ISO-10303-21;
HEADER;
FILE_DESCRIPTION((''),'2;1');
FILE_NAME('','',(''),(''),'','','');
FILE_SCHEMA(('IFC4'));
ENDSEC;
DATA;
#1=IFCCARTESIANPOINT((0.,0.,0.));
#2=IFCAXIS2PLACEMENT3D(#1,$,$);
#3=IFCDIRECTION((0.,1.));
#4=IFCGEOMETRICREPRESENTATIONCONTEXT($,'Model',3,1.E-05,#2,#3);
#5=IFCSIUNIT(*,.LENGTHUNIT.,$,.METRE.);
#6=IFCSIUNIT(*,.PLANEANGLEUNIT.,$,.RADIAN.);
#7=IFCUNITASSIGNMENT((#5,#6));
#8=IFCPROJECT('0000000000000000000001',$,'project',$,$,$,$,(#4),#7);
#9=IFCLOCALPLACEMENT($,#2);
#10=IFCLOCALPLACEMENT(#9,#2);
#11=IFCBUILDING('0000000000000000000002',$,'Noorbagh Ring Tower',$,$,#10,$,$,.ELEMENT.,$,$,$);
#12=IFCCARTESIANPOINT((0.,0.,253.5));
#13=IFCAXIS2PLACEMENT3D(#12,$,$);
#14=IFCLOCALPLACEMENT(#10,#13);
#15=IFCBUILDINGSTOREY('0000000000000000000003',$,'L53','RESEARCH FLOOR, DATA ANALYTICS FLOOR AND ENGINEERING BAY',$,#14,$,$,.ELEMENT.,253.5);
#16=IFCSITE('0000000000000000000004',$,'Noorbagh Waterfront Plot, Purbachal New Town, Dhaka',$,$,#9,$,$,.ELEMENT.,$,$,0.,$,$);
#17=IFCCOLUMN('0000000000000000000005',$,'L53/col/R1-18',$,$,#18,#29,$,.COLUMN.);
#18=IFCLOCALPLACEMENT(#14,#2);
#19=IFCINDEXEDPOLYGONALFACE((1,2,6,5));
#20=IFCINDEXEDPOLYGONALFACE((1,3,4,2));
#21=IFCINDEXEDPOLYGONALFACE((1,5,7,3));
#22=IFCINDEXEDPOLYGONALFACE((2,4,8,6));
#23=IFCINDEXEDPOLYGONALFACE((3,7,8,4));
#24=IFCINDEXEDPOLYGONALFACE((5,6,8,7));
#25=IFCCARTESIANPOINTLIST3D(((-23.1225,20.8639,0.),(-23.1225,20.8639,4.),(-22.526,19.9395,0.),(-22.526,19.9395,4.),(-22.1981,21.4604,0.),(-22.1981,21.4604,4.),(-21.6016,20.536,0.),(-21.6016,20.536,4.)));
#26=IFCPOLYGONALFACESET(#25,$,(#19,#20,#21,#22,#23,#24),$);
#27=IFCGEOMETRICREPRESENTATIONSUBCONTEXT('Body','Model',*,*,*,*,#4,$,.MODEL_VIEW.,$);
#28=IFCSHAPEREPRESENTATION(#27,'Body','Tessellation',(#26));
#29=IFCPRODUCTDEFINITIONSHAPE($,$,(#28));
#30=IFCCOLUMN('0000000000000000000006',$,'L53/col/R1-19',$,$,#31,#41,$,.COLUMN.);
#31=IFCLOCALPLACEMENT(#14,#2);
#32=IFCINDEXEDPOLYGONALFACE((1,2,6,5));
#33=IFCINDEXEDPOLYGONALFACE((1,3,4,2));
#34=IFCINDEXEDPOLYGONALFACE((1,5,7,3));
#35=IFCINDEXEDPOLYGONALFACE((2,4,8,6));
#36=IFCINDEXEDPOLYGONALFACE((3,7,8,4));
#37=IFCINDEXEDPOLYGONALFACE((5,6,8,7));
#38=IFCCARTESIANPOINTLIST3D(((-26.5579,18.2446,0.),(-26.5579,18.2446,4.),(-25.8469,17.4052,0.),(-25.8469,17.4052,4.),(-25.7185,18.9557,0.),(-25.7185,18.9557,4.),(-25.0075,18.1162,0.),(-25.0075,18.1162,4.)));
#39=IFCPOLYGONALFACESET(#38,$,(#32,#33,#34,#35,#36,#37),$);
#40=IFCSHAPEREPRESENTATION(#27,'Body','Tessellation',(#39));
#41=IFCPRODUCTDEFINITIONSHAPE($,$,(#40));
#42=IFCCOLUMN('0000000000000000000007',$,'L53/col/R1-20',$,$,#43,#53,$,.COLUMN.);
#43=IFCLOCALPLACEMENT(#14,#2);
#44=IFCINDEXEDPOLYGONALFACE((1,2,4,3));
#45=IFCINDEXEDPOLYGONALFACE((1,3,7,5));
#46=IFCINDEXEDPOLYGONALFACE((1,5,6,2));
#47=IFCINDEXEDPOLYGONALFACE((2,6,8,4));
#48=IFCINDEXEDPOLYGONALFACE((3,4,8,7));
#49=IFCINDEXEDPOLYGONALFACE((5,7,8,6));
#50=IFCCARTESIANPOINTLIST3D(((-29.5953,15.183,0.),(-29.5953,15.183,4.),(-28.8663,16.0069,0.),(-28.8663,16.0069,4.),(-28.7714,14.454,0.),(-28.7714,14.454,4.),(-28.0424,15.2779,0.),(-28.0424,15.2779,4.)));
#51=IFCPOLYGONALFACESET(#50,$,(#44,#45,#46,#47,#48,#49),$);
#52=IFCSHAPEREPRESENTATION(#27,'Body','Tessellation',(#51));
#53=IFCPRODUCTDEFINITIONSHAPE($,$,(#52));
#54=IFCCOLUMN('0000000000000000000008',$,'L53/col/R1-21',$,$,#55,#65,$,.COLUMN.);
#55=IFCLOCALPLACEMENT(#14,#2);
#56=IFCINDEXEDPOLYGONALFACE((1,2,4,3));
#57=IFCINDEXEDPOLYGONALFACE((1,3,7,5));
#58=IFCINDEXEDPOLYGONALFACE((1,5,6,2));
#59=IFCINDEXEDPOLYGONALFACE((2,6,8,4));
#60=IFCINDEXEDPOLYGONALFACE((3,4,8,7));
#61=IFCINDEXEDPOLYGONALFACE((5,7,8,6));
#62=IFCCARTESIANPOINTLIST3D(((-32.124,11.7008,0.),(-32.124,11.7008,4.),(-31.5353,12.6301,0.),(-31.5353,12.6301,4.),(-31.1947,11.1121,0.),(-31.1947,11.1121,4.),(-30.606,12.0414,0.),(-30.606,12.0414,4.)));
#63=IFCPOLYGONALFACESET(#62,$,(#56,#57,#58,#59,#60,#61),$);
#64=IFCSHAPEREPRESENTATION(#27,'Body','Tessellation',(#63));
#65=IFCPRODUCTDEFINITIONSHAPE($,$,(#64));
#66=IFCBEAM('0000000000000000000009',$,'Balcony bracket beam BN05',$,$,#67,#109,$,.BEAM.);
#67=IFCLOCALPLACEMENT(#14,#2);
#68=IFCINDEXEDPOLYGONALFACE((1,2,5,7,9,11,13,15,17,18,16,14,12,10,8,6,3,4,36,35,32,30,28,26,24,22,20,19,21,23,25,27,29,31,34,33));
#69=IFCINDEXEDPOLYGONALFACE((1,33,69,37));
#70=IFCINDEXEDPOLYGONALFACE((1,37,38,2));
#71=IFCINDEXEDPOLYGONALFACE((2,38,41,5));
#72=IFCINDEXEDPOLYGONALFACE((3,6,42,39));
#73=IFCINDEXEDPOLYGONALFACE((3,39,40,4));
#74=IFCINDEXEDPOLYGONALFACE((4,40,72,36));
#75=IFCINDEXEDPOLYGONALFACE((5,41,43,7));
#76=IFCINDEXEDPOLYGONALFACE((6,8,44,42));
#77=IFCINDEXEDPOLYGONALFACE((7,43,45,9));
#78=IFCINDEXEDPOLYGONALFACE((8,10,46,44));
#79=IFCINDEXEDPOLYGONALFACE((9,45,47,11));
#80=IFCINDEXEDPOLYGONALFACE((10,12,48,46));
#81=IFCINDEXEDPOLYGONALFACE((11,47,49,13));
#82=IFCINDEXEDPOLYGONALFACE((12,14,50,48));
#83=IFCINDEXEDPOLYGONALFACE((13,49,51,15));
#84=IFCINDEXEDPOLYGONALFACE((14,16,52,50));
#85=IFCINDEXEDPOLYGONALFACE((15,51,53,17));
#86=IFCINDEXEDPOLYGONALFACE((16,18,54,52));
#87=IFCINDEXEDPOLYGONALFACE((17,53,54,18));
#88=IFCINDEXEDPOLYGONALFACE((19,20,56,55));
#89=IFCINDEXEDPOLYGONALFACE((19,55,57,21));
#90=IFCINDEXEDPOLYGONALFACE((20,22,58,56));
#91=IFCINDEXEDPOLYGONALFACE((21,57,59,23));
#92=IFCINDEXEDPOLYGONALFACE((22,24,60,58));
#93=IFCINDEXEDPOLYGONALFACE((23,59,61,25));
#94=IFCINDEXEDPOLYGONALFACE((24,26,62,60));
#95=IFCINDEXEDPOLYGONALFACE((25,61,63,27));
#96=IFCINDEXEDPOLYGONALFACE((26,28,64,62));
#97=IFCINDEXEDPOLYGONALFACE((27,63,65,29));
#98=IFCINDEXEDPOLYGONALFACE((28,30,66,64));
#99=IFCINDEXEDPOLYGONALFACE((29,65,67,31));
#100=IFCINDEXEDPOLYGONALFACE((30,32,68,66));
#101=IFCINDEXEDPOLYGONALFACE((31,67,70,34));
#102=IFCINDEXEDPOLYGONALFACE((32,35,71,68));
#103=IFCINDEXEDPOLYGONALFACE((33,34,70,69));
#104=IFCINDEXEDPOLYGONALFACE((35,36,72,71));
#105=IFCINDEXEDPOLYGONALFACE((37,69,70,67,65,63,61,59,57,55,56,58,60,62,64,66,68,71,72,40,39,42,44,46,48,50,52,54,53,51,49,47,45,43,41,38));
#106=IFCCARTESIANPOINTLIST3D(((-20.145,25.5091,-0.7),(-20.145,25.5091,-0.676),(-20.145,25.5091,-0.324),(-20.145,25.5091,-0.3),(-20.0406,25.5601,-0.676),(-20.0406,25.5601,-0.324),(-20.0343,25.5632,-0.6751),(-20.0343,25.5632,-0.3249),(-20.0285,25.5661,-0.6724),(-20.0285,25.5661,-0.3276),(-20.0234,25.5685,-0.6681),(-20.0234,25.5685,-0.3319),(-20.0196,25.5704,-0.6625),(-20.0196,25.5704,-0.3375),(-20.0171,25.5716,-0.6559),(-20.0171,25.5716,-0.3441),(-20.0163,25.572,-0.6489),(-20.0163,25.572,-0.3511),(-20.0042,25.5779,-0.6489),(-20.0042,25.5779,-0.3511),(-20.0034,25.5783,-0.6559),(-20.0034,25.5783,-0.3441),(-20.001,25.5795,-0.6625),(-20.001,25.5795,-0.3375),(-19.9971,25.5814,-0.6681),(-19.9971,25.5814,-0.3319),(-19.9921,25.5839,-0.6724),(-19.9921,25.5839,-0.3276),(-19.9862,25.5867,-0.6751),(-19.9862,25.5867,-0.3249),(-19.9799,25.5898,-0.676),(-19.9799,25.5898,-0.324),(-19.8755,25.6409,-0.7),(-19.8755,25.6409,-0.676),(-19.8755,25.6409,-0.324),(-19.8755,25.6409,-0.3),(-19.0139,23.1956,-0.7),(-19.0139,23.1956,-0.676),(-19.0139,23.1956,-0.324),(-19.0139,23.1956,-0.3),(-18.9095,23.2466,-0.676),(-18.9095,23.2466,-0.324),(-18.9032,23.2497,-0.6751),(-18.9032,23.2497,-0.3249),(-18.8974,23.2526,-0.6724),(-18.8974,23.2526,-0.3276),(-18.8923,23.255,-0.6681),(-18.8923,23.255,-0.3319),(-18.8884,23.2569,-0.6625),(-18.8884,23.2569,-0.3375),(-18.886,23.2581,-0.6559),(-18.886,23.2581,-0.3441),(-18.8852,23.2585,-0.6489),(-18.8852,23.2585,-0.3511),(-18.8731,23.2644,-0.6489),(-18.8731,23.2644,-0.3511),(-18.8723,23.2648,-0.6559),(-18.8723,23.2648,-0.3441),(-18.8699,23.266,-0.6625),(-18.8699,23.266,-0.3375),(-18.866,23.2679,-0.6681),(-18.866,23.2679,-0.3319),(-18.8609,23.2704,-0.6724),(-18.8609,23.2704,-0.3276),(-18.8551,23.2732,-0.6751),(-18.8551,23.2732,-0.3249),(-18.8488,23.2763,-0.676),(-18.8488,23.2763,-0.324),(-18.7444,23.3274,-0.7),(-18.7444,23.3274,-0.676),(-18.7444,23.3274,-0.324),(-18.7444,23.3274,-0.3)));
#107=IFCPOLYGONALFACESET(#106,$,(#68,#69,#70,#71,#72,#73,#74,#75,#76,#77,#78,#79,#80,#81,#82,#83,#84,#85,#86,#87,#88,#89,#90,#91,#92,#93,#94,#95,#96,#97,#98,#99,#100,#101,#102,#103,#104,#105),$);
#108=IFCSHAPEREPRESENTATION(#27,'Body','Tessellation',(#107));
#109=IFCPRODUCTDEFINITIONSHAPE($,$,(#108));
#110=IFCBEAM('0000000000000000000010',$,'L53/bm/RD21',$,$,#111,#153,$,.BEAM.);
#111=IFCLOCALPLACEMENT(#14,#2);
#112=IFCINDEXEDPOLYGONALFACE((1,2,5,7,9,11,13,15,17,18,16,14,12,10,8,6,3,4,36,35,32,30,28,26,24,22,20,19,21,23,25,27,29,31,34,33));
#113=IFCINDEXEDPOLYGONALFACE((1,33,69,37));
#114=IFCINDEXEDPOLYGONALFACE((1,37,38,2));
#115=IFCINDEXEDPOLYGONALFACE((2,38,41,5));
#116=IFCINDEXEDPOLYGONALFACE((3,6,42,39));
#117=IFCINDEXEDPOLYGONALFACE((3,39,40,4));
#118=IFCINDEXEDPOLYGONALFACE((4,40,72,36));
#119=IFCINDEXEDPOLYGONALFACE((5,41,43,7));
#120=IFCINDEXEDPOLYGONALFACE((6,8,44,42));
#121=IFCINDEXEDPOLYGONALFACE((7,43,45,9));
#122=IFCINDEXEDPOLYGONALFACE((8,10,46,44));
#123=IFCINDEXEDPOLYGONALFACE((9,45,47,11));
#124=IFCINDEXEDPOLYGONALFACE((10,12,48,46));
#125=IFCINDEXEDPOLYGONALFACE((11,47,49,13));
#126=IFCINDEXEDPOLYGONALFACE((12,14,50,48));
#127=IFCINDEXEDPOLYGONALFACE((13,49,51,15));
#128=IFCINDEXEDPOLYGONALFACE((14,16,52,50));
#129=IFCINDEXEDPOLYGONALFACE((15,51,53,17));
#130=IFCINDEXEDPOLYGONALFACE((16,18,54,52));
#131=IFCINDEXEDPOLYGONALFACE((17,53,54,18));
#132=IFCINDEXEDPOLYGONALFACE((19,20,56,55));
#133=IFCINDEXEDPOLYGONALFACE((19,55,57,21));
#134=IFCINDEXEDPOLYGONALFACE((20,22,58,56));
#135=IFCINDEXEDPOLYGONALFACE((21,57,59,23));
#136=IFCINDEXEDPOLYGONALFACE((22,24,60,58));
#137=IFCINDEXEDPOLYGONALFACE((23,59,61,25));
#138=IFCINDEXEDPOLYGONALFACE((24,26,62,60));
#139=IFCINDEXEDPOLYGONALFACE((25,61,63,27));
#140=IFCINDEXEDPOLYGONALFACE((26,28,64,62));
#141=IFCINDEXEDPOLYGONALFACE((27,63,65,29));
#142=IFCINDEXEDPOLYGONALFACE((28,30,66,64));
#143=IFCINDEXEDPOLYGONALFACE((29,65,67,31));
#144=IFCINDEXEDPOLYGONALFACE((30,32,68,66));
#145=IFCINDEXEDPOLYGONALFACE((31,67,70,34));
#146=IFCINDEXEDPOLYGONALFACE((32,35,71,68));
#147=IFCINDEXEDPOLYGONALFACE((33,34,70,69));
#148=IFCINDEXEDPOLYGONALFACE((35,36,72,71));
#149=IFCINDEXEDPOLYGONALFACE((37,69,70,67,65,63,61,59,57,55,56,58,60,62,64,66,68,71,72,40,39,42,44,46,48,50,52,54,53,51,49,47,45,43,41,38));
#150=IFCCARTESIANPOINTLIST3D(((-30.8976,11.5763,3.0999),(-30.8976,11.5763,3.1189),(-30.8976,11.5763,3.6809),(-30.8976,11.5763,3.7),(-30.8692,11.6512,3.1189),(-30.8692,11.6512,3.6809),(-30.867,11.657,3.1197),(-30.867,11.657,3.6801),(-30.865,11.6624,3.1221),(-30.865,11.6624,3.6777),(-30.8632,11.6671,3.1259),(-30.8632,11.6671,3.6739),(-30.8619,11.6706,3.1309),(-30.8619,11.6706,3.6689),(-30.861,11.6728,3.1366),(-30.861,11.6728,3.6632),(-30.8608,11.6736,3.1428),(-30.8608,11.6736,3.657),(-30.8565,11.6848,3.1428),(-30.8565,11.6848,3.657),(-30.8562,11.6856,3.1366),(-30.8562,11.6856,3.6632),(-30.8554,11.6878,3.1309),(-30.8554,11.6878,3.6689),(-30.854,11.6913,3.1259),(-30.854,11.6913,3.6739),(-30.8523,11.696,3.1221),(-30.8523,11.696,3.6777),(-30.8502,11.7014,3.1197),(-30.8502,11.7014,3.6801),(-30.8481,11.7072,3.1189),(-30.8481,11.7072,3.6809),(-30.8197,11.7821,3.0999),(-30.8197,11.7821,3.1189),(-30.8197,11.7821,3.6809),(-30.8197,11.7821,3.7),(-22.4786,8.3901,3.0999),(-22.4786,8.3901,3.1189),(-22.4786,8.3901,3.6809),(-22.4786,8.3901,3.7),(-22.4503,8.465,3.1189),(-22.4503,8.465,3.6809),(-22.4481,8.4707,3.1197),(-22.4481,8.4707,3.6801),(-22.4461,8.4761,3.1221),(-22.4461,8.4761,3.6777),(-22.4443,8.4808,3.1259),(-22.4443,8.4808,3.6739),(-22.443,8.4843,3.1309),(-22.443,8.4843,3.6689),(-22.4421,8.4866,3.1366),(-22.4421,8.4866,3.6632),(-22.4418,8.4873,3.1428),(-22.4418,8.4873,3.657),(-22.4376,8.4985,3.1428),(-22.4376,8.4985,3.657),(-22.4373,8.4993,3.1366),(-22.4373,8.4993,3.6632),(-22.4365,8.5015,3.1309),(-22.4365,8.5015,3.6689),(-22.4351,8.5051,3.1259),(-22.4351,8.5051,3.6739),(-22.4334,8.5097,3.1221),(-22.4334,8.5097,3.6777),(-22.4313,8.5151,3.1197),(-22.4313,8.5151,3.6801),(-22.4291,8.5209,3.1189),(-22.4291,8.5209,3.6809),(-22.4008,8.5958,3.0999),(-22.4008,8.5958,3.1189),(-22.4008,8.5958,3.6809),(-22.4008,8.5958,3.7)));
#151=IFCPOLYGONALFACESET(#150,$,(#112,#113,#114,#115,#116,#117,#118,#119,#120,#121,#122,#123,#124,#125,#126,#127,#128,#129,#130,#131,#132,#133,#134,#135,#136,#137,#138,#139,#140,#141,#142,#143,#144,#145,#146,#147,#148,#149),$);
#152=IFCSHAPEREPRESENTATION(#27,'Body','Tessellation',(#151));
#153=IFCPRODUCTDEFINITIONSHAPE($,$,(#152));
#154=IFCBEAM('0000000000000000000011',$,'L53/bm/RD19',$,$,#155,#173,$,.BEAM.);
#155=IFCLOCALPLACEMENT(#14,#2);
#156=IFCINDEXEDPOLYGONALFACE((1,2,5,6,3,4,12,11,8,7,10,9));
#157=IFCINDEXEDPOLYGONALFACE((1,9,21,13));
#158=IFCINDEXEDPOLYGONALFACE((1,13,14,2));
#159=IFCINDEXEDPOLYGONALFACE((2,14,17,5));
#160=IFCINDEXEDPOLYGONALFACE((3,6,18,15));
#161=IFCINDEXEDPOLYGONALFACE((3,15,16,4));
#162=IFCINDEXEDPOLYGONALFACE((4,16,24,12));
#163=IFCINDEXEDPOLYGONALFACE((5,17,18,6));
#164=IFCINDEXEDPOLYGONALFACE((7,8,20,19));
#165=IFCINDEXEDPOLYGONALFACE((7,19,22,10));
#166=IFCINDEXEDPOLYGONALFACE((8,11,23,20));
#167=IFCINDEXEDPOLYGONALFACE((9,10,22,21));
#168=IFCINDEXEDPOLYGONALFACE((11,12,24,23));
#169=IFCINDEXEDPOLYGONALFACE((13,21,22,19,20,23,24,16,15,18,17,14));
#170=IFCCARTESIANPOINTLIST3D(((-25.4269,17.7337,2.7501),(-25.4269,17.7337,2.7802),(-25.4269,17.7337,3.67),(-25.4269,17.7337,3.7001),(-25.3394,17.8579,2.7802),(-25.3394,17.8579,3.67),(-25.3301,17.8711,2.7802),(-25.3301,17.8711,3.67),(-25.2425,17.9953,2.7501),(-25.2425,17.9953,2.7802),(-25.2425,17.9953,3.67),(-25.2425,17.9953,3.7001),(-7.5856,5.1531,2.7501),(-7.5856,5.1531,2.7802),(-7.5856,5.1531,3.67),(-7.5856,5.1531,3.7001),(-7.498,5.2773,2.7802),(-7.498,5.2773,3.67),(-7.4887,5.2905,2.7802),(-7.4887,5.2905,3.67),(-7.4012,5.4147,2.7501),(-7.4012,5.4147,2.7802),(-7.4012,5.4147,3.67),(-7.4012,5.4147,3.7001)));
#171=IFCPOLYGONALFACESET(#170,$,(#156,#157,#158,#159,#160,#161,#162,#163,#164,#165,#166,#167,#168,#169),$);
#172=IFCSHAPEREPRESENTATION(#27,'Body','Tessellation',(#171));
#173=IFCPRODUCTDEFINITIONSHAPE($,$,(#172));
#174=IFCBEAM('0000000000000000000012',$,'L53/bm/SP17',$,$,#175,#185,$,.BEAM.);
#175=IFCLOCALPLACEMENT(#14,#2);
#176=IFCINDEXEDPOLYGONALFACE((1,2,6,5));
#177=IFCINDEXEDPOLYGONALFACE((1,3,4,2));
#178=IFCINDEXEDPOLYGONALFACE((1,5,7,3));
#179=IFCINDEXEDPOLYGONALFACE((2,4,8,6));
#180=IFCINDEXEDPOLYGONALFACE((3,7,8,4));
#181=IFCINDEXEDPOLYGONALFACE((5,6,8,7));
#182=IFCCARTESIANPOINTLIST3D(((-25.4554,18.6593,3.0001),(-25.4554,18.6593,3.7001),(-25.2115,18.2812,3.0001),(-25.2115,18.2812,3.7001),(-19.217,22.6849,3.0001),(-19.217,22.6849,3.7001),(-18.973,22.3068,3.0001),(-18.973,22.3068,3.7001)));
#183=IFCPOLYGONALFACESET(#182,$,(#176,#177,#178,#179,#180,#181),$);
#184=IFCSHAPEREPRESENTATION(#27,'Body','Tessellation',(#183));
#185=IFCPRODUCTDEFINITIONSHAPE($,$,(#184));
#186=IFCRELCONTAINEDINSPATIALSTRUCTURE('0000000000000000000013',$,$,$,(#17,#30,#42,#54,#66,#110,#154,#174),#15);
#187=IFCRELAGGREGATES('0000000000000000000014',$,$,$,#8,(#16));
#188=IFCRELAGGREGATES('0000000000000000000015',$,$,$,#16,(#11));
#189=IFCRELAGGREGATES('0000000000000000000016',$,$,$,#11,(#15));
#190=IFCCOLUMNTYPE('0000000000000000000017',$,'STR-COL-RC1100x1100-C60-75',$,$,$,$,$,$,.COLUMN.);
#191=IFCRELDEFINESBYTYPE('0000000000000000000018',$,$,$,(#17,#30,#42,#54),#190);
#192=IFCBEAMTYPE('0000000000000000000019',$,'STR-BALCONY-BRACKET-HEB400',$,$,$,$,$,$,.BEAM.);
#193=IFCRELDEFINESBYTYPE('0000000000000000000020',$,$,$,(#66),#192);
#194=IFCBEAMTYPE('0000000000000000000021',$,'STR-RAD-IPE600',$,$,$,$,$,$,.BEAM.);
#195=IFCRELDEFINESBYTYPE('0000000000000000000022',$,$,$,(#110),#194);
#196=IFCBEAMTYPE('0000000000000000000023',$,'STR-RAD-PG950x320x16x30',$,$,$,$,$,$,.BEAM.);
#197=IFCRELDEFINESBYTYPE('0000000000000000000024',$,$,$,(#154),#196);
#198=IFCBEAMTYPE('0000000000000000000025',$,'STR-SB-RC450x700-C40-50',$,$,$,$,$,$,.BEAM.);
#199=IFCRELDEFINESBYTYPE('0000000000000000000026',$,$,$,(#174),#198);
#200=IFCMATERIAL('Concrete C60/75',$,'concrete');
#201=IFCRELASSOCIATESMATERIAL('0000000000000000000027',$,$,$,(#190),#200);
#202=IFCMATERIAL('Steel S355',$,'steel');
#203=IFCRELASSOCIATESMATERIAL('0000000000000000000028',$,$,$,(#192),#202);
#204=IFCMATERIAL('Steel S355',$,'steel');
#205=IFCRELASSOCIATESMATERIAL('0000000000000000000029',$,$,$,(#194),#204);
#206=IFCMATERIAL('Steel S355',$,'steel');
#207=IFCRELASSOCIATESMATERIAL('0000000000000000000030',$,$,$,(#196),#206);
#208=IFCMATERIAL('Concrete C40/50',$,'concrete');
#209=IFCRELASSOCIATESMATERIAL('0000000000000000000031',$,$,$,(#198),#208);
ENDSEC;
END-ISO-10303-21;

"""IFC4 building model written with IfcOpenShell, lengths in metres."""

from ifc_helpers import new_model, si_unit, direction, frame, origin, origin_2d, place, context, subcontext, project, spatial, rectangle, i_section, extrude, material, material_profile, profile_set, type_object, element, save


model = new_model("IFC4")

# Units and contexts
model_context = context("Model", 3, precision=1e-05, world=origin(), true_north=direction((0.0, 1.0)))
body_context = subcontext(model_context, "Body", "Model", "MODEL_VIEW")
ifc_project = project(units=[si_unit("LENGTHUNIT", "METRE"), si_unit("PLANEANGLEUNIT", "RADIAN")], contexts=[model_context])

# Site, building, storey
site_placement = place(None, origin())
site = spatial("IfcSite", under=ifc_project, at=site_placement, Name="Noorbagh Waterfront Plot, Purbachal New Town, Dhaka", CompositionType="ELEMENT", RefElevation=0.0)
building_placement = place(site_placement, origin())
building = spatial("IfcBuilding", under=site, at=building_placement, Name="Noorbagh Ring Tower", CompositionType="ELEMENT")
storey_placement = place(building_placement, frame((0.0, 0.0, 253.5)))
storey = spatial("IfcBuildingStorey", under=building, at=storey_placement, Name="L53", Description="RESEARCH FLOOR, DATA ANALYTICS FLOOR AND ENGINEERING BAY", CompositionType="ELEMENT", Elevation=253.5)

# Columns
ifc_material_1 = material(Name="Concrete C60/75", Category="concrete")
ifc_material_profile_1 = material_profile(ifc_material_1, rectangle(XDim=1.1001, YDim=1.1001, at=origin_2d()), Name="RC1100x1100")
ifc_profile_set_1 = profile_set([ifc_material_profile_1], Name="Concrete C60/75")
column_type = type_object("IfcColumnType", Name="STR-COL-RC1100x1100-C60-75", PredefinedType="COLUMN", material=ifc_profile_set_1)
for number, where, z_axis, x_axis, name in (
    (1, (-22.3621, 20.7, 0.0), (0.0, 0.0, 1.0), (-0.840248, -0.542203, 0.0), "L53/col/R1-18"),
    (2, (-25.7827, 18.1804, 0.0), (0.0, 0.0, 1.0), (-0.763035, -0.646357, 0.0), "L53/col/R1-19"),
    (3, (-28.8188, 15.2305, 0.0), (0.0, 0.0, 1.0), (-0.662636, -0.748942, 0.0), "L53/col/R1-20"),
    (4, (-31.365, 11.8711, 0.0), (0.0, 0.0, 1.0), (-0.53519, -0.844731, 0.0), "L53/col/R1-21"),
):
    element("IfcColumn", number, at=place(storey_placement, frame(where, z_axis=z_axis, x_axis=x_axis)), inside=storey, type_object=column_type, Name=name, PredefinedType="COLUMN", context=body_context, shape_type="SweptSolid", body=[
        extrude(rectangle(XDim=1.1001, YDim=1.1001, at=origin_2d()), origin(), (0.0, 0.0, 1.0), 4.0),
    ])

# Beams
ifc_material_2 = material(Name="Steel S355", Category="steel")
ifc_material_profile_2 = material_profile(ifc_material_2, i_section(OverallWidth=0.3, OverallDepth=0.3999, WebThickness=0.0134, FlangeThickness=0.0239, FilletRadius=0.0271, at=origin_2d()), Name="HEB400")
ifc_profile_set_2 = profile_set([ifc_material_profile_2], Name="Steel S355")
beam_type_1 = type_object("IfcBeamType", Name="STR-BALCONY-BRACKET-HEB400", PredefinedType="BEAM", material=ifc_profile_set_2)
beam_1_placement = place(storey_placement, frame((-18.8792, 23.2615, -0.5), z_axis=(-0.439232, 0.898374, 0.0), x_axis=(-0.898374, -0.439232, 0.0)))
element("IfcBeam", 5, at=beam_1_placement, inside=storey, type_object=beam_type_1, Name="Balcony bracket beam BN05", PredefinedType="BEAM", context=body_context, shape_type="SweptSolid", body=[
    extrude(i_section(OverallWidth=0.3, OverallDepth=0.3999, WebThickness=0.0134, FlangeThickness=0.0239, FilletRadius=0.0271, at=origin_2d()), origin(), (0.0, 0.0, 1.0), 2.5752),
])
ifc_material_3 = material(Name="Steel S355", Category="steel")
ifc_material_profile_3 = material_profile(ifc_material_3, i_section(OverallWidth=0.22, OverallDepth=0.6001, WebThickness=0.012, FlangeThickness=0.019, FilletRadius=0.0239, at=origin_2d()), Name="IPE600")
ifc_profile_set_3 = profile_set([ifc_material_profile_3], Name="Steel S355")
beam_type_2 = type_object("IfcBeamType", Name="STR-RAD-IPE600", PredefinedType="BEAM", material=ifc_profile_set_3)
beam_2_placement = place(storey_placement, frame((-30.8586, 11.6792, 3.3999), z_axis=(0.935259, -0.353963, 0.0), x_axis=(0.353963, 0.935259, 0.0)))
element("IfcBeam", 6, at=beam_2_placement, inside=storey, type_object=beam_type_2, Name="L53/bm/RD21", PredefinedType="BEAM", context=body_context, shape_type="SweptSolid", body=[
    extrude(i_section(OverallWidth=0.22, OverallDepth=0.6001, WebThickness=0.012, FlangeThickness=0.019, FilletRadius=0.0239, at=origin_2d()), origin(), (0.0, 0.0, 1.0), 9.0017),
])
ifc_material_4 = material(Name="Steel S355", Category="steel")
ifc_material_profile_4 = material_profile(ifc_material_4, i_section(OverallWidth=0.3201, OverallDepth=0.95, WebThickness=0.0161, FlangeThickness=0.03, at=origin_2d()), Name="PG950x320x16x30")
ifc_profile_set_4 = profile_set([ifc_material_profile_4], Name="Steel S355")
beam_type_3 = type_object("IfcBeamType", Name="STR-RAD-PG950x320x16x30", PredefinedType="BEAM", material=ifc_profile_set_4)
beam_3_placement = place(storey_placement, frame((-25.3347, 17.8645, 3.2251), z_axis=(0.817255, -0.576277, 0.0), x_axis=(0.576277, 0.817255, 0.0)))
element("IfcBeam", 7, at=beam_3_placement, inside=storey, type_object=beam_type_3, Name="L53/bm/RD19", PredefinedType="BEAM", context=body_context, shape_type="SweptSolid", body=[
    extrude(i_section(OverallWidth=0.3201, OverallDepth=0.95, WebThickness=0.0161, FlangeThickness=0.03, at=origin_2d()), origin(), (0.0, 0.0, 1.0), 21.8308),
])
ifc_material_5 = material(Name="Concrete C40/50", Category="concrete")
ifc_material_profile_5 = material_profile(ifc_material_5, rectangle(XDim=0.45, YDim=0.7, at=origin_2d()), Name="RC450x700")
ifc_profile_set_5 = profile_set([ifc_material_profile_5], Name="Concrete C40/50")
beam_type_4 = type_object("IfcBeamType", Name="STR-SB-RC450x700-C40-50", PredefinedType="BEAM", material=ifc_profile_set_5)
beam_4_placement = place(storey_placement, frame((-19.095, 22.4958, 3.3501), z_axis=(-0.840249, -0.542201, 0.0), x_axis=(0.542201, -0.840249, 0.0)))
element("IfcBeam", 8, at=beam_4_placement, inside=storey, type_object=beam_type_4, Name="L53/bm/SP17", PredefinedType="BEAM", context=body_context, shape_type="SweptSolid", body=[
    extrude(rectangle(XDim=0.45, YDim=0.7, at=origin_2d()), origin(), (0.0, 0.0, 1.0), 7.4246),
])

save(model, "model.ifc")
